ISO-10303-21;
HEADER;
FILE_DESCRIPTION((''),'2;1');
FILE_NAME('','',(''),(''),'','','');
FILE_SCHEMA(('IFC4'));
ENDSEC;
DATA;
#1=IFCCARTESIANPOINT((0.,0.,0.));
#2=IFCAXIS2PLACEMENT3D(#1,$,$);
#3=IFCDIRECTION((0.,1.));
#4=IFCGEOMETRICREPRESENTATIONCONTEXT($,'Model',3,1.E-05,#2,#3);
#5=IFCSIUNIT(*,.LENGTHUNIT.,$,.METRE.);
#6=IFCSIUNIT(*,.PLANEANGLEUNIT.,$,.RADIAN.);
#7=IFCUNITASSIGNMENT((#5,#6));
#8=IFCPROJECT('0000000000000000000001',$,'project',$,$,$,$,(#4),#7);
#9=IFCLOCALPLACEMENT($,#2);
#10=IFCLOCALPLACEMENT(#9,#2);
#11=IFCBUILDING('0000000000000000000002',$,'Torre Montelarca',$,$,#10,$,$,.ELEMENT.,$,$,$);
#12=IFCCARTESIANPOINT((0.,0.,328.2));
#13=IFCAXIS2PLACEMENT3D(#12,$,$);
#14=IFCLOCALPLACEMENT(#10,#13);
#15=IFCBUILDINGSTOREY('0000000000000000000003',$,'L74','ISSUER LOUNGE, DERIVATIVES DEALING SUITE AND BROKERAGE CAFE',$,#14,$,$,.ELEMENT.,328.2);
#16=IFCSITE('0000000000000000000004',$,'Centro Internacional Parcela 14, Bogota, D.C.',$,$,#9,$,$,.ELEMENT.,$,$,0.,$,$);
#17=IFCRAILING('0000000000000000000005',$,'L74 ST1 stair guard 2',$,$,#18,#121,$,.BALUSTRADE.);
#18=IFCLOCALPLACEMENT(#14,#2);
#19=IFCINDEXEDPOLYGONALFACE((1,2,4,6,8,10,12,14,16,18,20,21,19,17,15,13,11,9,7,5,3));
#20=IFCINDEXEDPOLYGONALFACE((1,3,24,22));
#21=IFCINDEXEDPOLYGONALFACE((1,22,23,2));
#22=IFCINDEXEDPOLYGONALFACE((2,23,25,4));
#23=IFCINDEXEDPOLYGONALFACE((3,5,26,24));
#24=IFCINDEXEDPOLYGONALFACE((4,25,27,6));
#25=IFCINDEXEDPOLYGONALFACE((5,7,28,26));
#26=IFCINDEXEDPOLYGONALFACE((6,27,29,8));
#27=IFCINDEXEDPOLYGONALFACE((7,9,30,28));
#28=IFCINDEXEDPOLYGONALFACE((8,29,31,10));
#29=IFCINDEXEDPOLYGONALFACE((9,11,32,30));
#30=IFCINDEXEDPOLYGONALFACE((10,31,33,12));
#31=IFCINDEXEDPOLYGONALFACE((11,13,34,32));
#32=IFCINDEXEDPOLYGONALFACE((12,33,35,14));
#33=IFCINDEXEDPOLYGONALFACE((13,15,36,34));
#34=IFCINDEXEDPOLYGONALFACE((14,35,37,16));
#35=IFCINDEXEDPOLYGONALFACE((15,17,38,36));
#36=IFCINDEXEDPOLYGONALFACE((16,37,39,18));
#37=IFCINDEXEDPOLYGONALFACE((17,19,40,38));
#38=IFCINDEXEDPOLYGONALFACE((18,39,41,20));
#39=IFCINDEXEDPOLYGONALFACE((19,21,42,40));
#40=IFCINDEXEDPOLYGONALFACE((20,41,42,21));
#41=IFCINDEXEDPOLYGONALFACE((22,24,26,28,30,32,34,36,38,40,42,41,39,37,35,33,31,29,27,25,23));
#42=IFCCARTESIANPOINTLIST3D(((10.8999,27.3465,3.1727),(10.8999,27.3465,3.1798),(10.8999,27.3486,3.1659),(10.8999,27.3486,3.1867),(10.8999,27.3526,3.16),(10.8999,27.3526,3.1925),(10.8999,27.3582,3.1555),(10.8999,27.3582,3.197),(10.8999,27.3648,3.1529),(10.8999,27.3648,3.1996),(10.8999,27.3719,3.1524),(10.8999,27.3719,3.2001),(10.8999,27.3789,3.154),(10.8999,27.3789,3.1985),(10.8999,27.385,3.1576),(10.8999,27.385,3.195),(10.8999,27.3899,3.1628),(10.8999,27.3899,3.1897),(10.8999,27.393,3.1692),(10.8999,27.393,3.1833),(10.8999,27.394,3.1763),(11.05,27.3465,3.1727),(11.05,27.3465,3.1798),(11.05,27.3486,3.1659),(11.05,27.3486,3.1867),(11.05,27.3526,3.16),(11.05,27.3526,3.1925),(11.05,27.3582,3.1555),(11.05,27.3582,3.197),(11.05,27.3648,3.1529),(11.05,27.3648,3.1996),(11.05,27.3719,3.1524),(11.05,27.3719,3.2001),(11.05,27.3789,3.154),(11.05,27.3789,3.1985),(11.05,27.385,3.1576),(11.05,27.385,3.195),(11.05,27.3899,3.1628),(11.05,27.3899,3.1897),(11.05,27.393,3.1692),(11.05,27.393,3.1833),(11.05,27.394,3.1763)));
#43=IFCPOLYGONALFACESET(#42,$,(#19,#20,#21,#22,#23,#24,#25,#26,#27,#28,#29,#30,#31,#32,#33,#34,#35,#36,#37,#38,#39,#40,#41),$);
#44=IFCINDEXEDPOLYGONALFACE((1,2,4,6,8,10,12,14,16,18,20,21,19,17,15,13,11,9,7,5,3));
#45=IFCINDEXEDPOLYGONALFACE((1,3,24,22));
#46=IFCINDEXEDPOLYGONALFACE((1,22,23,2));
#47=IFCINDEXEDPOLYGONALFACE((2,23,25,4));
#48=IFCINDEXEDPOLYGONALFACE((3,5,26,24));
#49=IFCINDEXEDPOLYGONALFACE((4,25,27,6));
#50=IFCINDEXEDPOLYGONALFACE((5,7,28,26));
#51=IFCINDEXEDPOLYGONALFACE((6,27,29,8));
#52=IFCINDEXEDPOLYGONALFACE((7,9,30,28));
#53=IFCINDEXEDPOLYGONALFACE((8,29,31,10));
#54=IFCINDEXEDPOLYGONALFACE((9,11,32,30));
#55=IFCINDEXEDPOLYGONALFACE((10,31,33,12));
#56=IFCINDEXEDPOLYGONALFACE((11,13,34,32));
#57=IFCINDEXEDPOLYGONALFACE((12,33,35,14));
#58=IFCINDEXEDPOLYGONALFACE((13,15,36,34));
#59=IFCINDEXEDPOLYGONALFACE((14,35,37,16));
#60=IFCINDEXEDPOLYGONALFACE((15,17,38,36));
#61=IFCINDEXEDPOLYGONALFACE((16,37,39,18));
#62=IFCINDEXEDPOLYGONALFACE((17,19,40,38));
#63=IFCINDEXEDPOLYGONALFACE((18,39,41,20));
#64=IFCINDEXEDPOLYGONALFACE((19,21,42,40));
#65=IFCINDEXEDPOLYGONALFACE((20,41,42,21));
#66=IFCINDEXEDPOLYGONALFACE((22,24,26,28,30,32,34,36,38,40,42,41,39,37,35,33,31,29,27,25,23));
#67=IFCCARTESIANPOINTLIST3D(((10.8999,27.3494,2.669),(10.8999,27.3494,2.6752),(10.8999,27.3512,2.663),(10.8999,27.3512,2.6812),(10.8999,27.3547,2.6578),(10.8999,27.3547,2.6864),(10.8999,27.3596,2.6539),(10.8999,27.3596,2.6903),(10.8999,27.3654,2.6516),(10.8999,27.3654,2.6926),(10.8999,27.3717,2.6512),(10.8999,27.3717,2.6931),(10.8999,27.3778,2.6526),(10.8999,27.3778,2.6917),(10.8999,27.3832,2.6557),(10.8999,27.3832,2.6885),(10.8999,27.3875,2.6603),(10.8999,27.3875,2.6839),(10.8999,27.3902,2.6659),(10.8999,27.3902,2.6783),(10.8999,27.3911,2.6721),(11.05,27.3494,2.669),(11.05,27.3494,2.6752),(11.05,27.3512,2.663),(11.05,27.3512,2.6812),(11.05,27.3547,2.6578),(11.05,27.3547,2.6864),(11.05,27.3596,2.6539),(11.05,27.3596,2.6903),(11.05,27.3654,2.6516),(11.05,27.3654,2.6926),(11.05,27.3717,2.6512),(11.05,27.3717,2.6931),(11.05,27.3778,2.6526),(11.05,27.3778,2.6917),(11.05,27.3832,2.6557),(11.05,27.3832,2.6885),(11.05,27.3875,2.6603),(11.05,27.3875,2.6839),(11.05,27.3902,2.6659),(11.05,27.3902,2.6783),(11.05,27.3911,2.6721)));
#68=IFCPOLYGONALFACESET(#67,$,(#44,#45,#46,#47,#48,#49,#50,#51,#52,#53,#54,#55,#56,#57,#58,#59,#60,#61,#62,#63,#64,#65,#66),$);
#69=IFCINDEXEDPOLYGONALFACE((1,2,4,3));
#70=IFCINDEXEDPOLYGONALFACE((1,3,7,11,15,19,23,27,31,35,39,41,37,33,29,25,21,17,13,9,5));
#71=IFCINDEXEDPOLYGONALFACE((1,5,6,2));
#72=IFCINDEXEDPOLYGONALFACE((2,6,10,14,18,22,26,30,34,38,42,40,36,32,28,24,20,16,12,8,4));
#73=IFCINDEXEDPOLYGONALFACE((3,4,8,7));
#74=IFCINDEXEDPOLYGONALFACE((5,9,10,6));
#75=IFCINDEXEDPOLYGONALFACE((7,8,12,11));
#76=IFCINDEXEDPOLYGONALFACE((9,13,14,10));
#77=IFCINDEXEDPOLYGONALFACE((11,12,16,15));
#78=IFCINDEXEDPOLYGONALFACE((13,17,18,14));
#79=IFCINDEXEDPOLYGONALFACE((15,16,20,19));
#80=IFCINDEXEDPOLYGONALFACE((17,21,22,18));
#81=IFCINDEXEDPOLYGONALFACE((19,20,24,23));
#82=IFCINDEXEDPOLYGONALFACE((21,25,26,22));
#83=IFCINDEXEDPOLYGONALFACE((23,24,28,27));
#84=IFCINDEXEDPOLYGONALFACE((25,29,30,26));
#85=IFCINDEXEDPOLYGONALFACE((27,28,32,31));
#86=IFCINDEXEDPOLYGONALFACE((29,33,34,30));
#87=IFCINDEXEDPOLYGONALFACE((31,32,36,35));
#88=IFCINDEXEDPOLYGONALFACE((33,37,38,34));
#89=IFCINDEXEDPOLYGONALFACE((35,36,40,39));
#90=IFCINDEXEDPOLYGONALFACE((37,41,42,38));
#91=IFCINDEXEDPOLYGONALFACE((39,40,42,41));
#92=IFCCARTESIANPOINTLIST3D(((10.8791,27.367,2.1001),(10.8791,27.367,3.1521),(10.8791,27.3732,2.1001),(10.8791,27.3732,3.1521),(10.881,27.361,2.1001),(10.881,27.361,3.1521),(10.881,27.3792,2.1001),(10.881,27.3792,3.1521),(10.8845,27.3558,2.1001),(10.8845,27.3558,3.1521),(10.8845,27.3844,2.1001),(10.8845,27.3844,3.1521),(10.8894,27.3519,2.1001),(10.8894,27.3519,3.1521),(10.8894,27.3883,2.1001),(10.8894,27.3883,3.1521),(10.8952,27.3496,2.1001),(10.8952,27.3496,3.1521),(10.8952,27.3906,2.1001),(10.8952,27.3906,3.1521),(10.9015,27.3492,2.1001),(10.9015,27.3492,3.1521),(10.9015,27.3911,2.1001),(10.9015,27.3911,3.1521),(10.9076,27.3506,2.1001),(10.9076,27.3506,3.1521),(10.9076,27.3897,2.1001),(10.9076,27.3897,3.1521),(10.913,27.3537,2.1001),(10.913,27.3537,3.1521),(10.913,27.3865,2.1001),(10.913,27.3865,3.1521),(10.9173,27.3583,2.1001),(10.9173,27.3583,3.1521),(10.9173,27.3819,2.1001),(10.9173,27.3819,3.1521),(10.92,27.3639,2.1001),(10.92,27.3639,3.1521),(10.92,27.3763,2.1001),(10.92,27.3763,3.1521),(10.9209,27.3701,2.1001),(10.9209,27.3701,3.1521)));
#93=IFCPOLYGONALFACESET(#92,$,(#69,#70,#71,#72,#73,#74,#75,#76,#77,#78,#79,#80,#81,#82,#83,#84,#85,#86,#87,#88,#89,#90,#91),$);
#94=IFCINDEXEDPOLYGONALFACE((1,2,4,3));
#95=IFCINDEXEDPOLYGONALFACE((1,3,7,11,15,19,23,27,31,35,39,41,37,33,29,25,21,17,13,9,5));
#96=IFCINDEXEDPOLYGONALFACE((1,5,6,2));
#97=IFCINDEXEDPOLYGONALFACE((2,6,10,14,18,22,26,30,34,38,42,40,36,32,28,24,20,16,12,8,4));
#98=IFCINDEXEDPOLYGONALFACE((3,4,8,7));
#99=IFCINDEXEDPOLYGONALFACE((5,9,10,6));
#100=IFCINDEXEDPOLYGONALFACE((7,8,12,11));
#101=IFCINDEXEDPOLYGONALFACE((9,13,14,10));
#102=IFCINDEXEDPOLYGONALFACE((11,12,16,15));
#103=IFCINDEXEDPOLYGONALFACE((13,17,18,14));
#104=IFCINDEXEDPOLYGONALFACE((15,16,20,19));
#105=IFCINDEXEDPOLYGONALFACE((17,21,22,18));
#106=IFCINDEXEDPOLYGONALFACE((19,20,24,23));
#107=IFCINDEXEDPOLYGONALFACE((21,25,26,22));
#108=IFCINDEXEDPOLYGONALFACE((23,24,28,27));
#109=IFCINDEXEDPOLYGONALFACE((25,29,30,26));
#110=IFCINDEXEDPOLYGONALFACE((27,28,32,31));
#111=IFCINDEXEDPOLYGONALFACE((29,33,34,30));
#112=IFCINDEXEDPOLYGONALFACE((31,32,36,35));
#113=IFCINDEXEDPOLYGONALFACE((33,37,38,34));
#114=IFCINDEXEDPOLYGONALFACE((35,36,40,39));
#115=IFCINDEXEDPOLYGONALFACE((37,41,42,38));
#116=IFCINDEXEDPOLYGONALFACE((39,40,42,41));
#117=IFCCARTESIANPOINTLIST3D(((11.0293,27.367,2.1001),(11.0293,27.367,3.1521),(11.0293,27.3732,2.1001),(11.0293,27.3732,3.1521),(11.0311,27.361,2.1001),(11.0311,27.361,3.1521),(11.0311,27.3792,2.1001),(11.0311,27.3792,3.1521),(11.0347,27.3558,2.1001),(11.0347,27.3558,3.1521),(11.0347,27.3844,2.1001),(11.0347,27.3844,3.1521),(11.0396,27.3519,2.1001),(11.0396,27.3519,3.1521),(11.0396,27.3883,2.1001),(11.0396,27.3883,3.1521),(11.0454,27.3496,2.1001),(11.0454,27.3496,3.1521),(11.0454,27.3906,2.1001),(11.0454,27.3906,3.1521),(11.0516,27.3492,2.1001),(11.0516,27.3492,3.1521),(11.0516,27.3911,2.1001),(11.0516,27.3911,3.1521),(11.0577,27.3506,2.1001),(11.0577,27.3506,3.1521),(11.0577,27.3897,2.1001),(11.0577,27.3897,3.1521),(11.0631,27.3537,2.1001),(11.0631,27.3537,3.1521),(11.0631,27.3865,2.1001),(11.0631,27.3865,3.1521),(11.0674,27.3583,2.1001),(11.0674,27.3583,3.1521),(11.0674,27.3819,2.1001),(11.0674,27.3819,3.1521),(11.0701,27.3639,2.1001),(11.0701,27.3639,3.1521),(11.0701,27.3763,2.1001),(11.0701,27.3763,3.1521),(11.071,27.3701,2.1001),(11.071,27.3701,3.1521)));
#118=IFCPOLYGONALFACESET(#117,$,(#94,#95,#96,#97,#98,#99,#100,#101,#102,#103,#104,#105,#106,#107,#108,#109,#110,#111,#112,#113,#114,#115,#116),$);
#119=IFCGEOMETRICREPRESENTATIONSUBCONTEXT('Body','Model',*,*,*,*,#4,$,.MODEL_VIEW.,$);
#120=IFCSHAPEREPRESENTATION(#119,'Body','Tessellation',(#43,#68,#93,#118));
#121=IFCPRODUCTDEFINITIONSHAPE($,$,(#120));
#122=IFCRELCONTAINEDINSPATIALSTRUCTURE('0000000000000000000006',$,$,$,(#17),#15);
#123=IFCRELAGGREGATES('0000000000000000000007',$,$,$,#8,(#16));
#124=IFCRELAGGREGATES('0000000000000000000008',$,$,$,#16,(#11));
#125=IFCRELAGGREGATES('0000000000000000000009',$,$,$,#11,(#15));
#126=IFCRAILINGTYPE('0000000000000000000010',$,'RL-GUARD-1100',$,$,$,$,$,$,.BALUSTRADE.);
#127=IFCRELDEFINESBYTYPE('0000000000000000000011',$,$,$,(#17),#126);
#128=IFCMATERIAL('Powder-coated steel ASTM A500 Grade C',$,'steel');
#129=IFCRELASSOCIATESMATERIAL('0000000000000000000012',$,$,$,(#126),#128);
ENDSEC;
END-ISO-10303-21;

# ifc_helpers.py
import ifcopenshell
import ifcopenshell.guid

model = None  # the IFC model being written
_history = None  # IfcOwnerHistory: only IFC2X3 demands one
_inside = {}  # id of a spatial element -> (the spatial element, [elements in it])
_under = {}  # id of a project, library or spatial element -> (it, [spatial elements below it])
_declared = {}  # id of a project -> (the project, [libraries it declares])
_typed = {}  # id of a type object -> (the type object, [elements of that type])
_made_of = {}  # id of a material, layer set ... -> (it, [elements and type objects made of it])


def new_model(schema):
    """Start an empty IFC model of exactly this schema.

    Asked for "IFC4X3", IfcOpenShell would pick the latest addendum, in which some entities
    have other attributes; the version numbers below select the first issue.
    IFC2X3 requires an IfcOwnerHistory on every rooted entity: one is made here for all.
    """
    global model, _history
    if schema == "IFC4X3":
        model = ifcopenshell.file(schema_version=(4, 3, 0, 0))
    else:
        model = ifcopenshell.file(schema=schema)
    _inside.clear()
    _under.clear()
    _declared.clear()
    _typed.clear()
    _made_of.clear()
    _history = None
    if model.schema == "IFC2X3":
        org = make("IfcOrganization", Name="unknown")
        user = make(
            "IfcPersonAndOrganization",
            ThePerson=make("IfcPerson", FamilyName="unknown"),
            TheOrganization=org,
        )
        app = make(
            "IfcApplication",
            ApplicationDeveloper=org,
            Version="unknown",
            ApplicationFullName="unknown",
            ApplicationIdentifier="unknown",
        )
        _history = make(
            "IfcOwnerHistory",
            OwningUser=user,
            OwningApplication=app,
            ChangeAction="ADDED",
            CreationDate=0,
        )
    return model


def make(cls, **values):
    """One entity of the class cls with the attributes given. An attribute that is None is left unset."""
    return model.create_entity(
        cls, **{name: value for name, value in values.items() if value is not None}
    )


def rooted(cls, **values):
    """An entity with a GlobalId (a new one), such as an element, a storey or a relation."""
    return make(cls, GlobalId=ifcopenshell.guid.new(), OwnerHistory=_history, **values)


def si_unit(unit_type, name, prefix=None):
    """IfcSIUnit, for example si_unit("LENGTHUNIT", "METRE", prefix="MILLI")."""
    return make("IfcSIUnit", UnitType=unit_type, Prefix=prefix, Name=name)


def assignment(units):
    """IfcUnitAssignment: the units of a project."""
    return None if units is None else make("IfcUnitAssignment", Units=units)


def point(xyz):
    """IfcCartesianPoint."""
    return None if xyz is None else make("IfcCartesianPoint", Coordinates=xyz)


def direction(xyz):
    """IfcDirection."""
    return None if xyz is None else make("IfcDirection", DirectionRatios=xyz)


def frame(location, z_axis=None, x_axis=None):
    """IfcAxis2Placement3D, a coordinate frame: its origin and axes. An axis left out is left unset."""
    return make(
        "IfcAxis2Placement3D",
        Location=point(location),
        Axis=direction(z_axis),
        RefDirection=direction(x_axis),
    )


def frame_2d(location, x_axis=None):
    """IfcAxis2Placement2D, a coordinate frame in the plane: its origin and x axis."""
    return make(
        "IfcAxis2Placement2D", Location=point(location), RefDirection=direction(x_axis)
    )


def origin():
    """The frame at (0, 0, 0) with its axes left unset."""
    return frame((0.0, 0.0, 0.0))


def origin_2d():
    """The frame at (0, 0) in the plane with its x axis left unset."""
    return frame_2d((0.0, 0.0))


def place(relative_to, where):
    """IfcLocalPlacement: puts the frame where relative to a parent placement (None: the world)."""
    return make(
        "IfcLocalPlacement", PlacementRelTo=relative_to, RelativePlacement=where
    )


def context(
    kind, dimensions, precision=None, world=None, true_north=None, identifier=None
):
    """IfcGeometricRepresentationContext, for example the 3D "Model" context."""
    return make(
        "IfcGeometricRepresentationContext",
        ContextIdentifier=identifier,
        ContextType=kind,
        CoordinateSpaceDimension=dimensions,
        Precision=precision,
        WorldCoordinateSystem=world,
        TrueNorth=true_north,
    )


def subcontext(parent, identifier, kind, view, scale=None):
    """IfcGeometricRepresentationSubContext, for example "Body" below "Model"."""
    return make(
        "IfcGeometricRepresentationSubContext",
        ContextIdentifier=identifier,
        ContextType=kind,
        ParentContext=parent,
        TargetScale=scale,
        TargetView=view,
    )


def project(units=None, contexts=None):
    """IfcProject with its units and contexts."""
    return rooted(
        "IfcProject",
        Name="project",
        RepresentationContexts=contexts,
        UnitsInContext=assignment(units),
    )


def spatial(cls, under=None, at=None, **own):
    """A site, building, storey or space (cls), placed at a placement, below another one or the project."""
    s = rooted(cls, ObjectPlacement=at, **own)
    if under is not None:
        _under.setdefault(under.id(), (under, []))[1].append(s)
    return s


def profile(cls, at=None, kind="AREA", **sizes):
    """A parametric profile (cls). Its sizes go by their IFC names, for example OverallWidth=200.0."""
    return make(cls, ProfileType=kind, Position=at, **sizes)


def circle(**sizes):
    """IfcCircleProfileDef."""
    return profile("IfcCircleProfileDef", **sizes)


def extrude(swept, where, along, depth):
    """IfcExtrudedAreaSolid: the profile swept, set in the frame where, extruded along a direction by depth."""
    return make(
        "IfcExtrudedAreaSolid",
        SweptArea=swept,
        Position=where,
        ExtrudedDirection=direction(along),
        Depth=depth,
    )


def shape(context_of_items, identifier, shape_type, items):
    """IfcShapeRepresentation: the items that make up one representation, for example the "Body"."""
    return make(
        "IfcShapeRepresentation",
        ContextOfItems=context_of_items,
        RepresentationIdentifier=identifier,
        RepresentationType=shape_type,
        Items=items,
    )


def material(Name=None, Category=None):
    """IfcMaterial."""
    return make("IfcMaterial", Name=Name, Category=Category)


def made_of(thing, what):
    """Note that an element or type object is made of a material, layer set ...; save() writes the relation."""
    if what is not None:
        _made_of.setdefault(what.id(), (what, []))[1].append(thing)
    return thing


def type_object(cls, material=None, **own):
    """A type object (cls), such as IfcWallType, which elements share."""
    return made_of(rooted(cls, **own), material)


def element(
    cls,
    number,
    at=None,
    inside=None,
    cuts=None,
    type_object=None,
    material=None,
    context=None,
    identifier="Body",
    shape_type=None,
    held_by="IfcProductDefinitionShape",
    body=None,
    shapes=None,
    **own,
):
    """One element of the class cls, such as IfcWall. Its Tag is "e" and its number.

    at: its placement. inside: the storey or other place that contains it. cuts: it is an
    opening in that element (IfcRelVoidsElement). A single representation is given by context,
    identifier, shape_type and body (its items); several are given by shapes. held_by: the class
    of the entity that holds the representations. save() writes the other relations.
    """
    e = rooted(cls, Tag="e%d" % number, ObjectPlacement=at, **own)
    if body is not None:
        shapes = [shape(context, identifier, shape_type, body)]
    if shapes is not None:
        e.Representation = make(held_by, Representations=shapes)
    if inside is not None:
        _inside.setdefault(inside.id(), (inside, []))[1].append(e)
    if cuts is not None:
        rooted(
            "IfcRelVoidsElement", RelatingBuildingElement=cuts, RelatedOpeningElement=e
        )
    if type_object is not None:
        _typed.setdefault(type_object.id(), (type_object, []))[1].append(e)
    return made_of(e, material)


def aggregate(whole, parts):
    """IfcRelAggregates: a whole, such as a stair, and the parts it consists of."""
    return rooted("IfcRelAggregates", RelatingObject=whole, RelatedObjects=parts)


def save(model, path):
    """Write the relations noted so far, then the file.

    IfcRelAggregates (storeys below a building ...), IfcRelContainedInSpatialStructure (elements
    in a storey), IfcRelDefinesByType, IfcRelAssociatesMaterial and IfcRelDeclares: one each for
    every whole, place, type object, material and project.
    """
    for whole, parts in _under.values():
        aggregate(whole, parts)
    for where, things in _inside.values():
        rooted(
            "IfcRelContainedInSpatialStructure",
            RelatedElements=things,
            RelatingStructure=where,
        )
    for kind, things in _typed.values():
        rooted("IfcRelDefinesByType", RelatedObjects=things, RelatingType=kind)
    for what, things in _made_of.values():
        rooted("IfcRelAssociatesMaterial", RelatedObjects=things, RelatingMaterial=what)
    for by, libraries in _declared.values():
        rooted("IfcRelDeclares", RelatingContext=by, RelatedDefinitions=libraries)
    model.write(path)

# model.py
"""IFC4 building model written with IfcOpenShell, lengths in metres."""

from ifc_helpers import new_model, si_unit, direction, frame, origin, origin_2d, place, context, subcontext, project, spatial, circle, extrude, material, type_object, element, save


model = new_model("IFC4")

# Units and contexts
model_context = context("Model", 3, precision=1e-05, world=origin(), true_north=direction((0.0, 1.0)))
body_context = subcontext(model_context, "Body", "Model", "MODEL_VIEW")
ifc_project = project(units=[si_unit("LENGTHUNIT", "METRE"), si_unit("PLANEANGLEUNIT", "RADIAN")], contexts=[model_context])

# Site, building, storey
site_placement = place(None, origin())
site = spatial("IfcSite", under=ifc_project, at=site_placement, Name="Centro Internacional Parcela 14, Bogota, D.C.", CompositionType="ELEMENT", RefElevation=0.0)
building_placement = place(site_placement, origin())
building = spatial("IfcBuilding", under=site, at=building_placement, Name="Torre Montelarca", CompositionType="ELEMENT")
storey_placement = place(building_placement, frame((0.0, 0.0, 328.2)))
storey = spatial("IfcBuildingStorey", under=building, at=storey_placement, Name="L74", Description="ISSUER LOUNGE, DERIVATIVES DEALING SUITE AND BROKERAGE CAFE", CompositionType="ELEMENT", Elevation=328.2)

# Railing
ifc_material_1 = material(Name="Powder-coated steel ASTM A500 Grade C", Category="steel")
railing_type_1 = type_object("IfcRailingType", Name="RL-GUARD-1100", PredefinedType="BALUSTRADE", material=ifc_material_1)
railing_1_placement = place(storey_placement, frame((10.8999, 27.3701, 2.1001)))
element("IfcRailing", 1, at=railing_1_placement, inside=storey, type_object=railing_type_1, Name="L74 ST1 stair guard 2", PredefinedType="BALUSTRADE", context=body_context, shape_type="SweptSolid", body=[
    extrude(circle(Radius=0.0239, at=origin_2d()), frame((0.0, 0.0, 1.0762), z_axis=(1.0, 0.0, 0.0), x_axis=(0.0, 1.0, 0.0)), (0.0, 0.0, 1.0), 0.1501),
    extrude(circle(Radius=0.021, at=origin_2d()), frame((0.0, 0.0, 0.572), z_axis=(1.0, 0.0, 0.0), x_axis=(0.0, 1.0, 0.0)), (0.0, 0.0, 1.0), 0.1501),
    extrude(circle(Radius=0.021, at=origin_2d()), origin(), (0.0, 0.0, 1.0), 1.052),
    extrude(circle(Radius=0.021, at=origin_2d()), frame((0.1501, 0.0, 0.0)), (0.0, 0.0, 1.0), 1.052),
])

save(model, "model.ifc")
